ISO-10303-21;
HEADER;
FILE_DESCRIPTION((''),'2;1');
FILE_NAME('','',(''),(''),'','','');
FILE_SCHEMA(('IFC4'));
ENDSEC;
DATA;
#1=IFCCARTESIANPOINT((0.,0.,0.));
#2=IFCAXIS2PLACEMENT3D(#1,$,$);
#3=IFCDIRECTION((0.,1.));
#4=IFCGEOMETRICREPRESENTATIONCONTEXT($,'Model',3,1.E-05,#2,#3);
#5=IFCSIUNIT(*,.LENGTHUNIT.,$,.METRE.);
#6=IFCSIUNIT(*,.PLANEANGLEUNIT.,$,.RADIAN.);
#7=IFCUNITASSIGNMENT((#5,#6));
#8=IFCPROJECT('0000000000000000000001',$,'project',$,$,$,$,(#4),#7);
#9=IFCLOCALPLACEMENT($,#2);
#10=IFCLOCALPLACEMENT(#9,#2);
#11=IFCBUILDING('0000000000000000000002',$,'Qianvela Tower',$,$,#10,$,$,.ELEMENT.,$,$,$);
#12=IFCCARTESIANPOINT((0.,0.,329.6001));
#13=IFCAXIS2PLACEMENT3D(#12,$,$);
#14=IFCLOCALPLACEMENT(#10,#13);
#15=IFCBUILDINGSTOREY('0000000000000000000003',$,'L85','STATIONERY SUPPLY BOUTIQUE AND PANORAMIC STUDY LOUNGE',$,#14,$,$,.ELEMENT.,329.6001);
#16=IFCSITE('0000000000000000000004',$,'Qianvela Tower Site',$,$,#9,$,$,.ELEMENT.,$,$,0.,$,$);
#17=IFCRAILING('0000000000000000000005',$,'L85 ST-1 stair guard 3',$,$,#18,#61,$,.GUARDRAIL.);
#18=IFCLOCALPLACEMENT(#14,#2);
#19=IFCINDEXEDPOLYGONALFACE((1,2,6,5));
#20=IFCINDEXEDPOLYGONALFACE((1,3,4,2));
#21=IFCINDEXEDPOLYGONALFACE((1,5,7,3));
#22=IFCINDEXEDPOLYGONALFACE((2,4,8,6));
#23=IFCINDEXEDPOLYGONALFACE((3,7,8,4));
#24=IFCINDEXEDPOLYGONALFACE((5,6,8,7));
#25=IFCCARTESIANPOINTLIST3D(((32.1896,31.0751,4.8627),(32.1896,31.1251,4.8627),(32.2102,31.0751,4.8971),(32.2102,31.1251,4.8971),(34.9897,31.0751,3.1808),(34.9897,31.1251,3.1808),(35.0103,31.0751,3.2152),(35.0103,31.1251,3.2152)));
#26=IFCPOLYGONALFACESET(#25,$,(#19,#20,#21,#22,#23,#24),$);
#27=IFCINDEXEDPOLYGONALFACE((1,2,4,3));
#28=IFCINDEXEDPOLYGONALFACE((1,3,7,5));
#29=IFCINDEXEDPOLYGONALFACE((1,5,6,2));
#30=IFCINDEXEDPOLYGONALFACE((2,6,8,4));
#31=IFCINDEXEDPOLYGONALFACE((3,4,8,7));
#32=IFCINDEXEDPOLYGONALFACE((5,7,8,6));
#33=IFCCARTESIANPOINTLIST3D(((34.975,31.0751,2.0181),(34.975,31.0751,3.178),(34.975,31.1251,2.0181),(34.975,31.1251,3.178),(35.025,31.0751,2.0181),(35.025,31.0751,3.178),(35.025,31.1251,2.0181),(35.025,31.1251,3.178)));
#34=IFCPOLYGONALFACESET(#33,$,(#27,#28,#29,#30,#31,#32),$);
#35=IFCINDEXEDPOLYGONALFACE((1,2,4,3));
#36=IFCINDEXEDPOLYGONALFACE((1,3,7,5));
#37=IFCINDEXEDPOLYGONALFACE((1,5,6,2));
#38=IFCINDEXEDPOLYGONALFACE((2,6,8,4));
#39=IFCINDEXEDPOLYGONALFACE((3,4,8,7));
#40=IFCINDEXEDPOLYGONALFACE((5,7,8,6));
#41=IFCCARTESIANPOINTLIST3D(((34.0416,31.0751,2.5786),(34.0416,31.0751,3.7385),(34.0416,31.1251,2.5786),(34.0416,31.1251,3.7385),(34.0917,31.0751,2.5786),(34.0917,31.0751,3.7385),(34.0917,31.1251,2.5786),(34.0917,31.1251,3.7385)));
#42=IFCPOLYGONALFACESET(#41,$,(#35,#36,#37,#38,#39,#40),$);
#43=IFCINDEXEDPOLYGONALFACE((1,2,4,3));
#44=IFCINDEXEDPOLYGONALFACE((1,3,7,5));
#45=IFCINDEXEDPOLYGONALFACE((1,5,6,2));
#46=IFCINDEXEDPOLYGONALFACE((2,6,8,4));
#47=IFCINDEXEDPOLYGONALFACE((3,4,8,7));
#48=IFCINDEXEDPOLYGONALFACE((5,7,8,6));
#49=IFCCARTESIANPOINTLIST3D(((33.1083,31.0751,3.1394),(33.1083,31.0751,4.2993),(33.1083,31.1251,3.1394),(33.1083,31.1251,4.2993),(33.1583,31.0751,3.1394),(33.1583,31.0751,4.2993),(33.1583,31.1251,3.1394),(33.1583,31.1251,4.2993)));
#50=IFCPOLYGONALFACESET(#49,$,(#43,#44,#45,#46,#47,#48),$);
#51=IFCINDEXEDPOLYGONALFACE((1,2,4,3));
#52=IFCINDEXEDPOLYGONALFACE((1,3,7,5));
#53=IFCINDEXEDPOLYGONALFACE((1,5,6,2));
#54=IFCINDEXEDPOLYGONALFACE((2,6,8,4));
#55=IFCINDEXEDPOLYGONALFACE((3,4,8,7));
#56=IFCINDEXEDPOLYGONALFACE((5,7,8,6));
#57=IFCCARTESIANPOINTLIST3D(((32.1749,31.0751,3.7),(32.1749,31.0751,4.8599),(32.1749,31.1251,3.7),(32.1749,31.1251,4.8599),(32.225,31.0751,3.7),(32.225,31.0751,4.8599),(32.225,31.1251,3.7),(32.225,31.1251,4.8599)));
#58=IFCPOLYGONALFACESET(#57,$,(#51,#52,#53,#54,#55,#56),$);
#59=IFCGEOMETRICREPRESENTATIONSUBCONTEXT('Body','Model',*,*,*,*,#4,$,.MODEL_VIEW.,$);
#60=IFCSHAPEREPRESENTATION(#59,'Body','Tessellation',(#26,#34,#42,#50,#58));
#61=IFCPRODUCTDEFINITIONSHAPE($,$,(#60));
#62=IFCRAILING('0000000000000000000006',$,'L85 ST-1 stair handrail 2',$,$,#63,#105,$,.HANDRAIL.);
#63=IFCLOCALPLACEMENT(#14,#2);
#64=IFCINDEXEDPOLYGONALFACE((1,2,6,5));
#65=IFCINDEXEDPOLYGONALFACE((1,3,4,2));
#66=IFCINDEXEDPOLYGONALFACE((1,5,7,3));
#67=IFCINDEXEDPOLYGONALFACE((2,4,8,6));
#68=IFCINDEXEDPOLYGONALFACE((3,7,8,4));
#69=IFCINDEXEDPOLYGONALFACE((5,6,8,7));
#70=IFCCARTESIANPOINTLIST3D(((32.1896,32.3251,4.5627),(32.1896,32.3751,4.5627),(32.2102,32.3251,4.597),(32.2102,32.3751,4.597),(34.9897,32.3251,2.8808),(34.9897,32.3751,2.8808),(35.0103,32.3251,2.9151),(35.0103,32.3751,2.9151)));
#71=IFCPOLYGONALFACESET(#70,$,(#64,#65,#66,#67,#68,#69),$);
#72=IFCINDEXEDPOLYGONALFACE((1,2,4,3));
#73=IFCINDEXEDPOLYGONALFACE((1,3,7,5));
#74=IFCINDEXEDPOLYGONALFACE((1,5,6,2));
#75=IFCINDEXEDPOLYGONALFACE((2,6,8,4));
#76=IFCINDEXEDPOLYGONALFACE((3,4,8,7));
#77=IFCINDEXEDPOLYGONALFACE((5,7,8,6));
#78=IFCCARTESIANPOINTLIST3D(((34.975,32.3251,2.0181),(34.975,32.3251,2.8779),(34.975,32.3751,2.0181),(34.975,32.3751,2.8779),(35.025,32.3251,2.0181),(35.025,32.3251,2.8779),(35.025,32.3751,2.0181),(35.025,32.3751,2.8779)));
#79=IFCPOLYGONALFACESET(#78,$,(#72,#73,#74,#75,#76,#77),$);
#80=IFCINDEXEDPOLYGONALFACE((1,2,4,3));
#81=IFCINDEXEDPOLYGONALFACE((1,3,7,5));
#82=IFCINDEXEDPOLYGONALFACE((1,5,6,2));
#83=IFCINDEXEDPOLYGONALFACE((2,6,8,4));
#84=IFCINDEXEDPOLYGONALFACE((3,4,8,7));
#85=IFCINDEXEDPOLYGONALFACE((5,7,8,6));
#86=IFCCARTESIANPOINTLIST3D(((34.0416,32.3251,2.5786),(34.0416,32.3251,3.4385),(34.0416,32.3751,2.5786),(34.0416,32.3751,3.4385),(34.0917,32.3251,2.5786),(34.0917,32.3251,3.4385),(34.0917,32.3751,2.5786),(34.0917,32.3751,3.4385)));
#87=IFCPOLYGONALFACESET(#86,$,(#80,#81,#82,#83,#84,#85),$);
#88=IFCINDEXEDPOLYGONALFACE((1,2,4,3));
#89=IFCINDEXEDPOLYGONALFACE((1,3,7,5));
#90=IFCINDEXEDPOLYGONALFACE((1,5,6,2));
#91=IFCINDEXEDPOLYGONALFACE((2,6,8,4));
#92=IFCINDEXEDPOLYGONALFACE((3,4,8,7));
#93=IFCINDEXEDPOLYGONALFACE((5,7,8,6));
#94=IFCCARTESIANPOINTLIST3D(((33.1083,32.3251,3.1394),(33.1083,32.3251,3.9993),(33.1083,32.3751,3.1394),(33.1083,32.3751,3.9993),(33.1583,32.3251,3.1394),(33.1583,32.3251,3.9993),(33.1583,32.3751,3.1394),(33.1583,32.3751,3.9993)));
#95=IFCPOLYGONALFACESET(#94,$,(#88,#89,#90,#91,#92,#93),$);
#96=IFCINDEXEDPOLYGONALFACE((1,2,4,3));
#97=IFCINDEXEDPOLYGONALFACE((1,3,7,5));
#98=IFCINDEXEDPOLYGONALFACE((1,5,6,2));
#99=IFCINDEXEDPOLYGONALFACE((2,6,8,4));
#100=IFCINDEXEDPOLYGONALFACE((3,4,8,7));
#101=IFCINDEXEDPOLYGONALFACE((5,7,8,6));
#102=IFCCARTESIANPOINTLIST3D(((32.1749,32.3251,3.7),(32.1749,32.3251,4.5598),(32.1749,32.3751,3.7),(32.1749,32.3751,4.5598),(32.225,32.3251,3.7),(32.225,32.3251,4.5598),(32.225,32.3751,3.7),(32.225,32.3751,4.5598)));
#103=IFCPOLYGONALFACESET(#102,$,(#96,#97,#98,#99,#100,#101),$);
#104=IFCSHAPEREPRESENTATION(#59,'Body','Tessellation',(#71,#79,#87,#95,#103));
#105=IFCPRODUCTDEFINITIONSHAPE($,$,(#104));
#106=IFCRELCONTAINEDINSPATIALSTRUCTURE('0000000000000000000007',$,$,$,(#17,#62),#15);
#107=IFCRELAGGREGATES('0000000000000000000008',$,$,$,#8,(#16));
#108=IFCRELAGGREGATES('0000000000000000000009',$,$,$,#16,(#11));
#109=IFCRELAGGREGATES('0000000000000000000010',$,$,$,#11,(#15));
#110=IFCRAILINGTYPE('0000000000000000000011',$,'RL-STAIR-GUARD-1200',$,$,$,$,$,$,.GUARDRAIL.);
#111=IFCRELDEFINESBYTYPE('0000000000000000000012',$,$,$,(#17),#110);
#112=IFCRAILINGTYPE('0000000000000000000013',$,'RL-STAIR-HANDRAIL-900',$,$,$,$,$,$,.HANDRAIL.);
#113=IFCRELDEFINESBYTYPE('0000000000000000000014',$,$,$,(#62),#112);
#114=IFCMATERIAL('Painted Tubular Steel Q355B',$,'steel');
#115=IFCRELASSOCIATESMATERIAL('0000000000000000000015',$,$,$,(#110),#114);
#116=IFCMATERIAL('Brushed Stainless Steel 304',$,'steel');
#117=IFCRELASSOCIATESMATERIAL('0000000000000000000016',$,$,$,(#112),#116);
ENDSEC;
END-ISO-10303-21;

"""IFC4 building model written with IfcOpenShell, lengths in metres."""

from ifc_helpers import new_model, si_unit, direction, frame, origin, origin_2d, place, context, subcontext, project, spatial, rectangle, extrude, material, type_object, element, save


model = new_model("IFC4")

# Units and contexts
model_context = context("Model", 3, precision=1e-05, world=origin(), true_north=direction((0.0, 1.0)))
body_context = subcontext(model_context, "Body", "Model", "MODEL_VIEW")
ifc_project = project(units=[si_unit("LENGTHUNIT", "METRE"), si_unit("PLANEANGLEUNIT", "RADIAN")], contexts=[model_context])

# Site, building, storey
site_placement = place(None, origin())
site = spatial("IfcSite", under=ifc_project, at=site_placement, Name="Qianvela Tower Site", CompositionType="ELEMENT", RefElevation=0.0)
building_placement = place(site_placement, origin())
building = spatial("IfcBuilding", under=site, at=building_placement, Name="Qianvela Tower", CompositionType="ELEMENT")
storey_placement = place(building_placement, frame((0.0, 0.0, 329.6001)))
storey = spatial("IfcBuildingStorey", under=building, at=storey_placement, Name="L85", Description="STATIONERY SUPPLY BOUTIQUE AND PANORAMIC STUDY LOUNGE", CompositionType="ELEMENT", Elevation=329.6001)

# Railings
ifc_material_1 = material(Name="Painted Tubular Steel Q355B", Category="steel")
railing_type_1 = type_object("IfcRailingType", Name="RL-STAIR-GUARD-1200", PredefinedType="GUARDRAIL", material=ifc_material_1)
railing_1_placement = place(storey_placement, frame((35.0, 31.1001, 2.0181)))
element("IfcRailing", 1, at=railing_1_placement, inside=storey, type_object=railing_type_1, Name="L85 ST-1 stair guard 3", PredefinedType="GUARDRAIL", context=body_context, shape_type="SweptSolid", body=[
    extrude(rectangle(XDim=0.05, YDim=0.04, at=origin_2d()), frame((0.0, 0.0, 1.1799), z_axis=(-0.857242, 0.0, 0.514913), x_axis=(0.0, -1.0, 0.0)), (0.0, 0.0, 1.0), 3.2664),
    extrude(rectangle(XDim=0.05, YDim=0.05, at=origin_2d()), origin(), (0.0, 0.0, 1.0), 1.1599),
    extrude(rectangle(XDim=0.05, YDim=0.05, at=origin_2d()), frame((-0.9333, 0.0, 0.5605)), (0.0, 0.0, 1.0), 1.1599),
    extrude(rectangle(XDim=0.05, YDim=0.05, at=origin_2d()), frame((-1.8667, 0.0, 1.1213)), (0.0, 0.0, 1.0), 1.1599),
    extrude(rectangle(XDim=0.05, YDim=0.05, at=origin_2d()), frame((-2.8, 0.0, 1.6819)), (0.0, 0.0, 1.0), 1.1599),
])
ifc_material_2 = material(Name="Brushed Stainless Steel 304", Category="steel")
railing_type_2 = type_object("IfcRailingType", Name="RL-STAIR-HANDRAIL-900", PredefinedType="HANDRAIL", material=ifc_material_2)
railing_2_placement = place(storey_placement, frame((35.0, 32.3501, 2.0181)))
element("IfcRailing", 2, at=railing_2_placement, inside=storey, type_object=railing_type_2, Name="L85 ST-1 stair handrail 2", PredefinedType="HANDRAIL", context=body_context, shape_type="SweptSolid", body=[
    extrude(rectangle(XDim=0.05, YDim=0.04, at=origin_2d()), frame((0.0, 0.0, 0.8799), z_axis=(-0.857242, 0.0, 0.514913), x_axis=(0.0, -1.0, 0.0)), (0.0, 0.0, 1.0), 3.2664),
    extrude(rectangle(XDim=0.05, YDim=0.05, at=origin_2d()), origin(), (0.0, 0.0, 1.0), 0.8599),
    extrude(rectangle(XDim=0.05, YDim=0.05, at=origin_2d()), frame((-0.9333, 0.0, 0.5605)), (0.0, 0.0, 1.0), 0.8599),
    extrude(rectangle(XDim=0.05, YDim=0.05, at=origin_2d()), frame((-1.8667, 0.0, 1.1213)), (0.0, 0.0, 1.0), 0.8599),
    extrude(rectangle(XDim=0.05, YDim=0.05, at=origin_2d()), frame((-2.8, 0.0, 1.6819)), (0.0, 0.0, 1.0), 0.8599),
])

save(model, "model.ifc")
